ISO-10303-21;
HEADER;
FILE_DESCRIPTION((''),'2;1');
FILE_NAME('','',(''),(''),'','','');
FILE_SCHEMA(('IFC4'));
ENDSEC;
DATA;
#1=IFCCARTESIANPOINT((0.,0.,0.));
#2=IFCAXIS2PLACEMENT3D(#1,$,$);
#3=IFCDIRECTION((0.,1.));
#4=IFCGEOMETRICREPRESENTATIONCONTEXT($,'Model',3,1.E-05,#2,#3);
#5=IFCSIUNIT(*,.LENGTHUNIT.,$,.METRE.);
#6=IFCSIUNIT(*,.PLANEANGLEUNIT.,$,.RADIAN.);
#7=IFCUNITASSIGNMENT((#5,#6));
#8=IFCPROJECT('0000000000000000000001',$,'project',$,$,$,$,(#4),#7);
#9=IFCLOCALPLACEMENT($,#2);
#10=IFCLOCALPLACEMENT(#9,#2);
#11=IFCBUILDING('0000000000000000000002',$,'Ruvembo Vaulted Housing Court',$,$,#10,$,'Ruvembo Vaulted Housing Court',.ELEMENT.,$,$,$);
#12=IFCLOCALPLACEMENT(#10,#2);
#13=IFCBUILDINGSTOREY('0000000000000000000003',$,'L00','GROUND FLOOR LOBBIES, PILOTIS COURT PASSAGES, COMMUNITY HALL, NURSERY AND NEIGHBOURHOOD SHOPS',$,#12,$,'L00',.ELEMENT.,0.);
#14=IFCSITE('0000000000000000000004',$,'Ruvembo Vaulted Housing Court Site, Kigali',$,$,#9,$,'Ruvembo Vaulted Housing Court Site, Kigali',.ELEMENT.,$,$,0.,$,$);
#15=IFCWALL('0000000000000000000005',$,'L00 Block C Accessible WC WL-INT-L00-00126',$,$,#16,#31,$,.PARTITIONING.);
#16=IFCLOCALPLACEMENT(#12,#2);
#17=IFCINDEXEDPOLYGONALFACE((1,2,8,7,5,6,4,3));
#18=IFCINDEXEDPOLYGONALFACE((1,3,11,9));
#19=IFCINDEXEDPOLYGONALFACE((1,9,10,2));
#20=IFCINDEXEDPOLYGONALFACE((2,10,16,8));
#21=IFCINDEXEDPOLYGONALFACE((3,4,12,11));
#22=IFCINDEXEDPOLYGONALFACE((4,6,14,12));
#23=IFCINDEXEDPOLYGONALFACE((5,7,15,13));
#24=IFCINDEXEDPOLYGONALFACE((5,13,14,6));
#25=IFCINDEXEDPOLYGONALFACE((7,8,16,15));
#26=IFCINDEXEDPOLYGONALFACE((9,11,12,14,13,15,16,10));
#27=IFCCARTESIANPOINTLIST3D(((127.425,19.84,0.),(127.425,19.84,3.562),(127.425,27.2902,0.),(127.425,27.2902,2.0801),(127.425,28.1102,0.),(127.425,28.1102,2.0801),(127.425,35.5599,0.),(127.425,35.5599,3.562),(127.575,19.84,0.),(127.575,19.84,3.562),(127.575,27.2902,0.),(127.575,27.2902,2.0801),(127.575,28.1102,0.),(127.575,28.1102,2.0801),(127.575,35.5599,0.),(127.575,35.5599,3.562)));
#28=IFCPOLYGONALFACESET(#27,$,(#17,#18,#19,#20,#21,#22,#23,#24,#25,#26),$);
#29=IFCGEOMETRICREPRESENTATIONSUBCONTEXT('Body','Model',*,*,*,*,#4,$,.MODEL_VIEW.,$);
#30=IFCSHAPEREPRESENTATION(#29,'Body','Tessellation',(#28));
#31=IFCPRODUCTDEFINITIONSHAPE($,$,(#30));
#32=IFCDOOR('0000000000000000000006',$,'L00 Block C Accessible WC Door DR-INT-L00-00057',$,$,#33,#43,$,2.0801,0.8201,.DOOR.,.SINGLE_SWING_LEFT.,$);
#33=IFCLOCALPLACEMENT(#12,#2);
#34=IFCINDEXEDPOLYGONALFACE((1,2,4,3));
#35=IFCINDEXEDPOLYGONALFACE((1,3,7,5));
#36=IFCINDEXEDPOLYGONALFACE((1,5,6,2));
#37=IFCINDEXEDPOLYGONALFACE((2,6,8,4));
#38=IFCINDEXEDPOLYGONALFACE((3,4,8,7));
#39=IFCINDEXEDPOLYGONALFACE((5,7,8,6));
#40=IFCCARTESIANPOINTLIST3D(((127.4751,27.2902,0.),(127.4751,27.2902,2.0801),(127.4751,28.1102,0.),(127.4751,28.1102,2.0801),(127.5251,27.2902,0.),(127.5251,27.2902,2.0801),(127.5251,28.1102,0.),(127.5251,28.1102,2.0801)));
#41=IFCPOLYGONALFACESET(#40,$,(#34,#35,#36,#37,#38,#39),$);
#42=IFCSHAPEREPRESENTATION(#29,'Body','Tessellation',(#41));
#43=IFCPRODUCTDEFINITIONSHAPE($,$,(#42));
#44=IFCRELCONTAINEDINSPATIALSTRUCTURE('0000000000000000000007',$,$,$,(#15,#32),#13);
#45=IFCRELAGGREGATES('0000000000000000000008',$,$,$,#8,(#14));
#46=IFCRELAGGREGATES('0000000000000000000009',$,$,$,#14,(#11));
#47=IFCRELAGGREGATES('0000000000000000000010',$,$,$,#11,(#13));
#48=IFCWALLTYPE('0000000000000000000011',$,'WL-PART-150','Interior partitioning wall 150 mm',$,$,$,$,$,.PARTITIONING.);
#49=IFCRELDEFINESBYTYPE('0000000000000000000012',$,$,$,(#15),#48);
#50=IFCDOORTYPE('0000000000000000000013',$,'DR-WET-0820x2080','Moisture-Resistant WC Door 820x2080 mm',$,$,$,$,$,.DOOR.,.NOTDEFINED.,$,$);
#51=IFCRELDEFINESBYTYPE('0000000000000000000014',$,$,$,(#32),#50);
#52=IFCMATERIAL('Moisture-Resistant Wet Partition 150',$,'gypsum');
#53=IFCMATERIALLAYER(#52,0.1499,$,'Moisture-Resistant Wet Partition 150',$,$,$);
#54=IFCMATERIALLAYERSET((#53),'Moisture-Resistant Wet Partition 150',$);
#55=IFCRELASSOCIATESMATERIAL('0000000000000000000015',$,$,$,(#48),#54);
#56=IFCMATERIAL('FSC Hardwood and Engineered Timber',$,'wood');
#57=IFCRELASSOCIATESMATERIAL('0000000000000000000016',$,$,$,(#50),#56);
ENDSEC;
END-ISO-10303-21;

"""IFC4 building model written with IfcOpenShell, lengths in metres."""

from ifc_helpers import new_model, si_unit, direction, frame, frame_2d, origin, place, context, subcontext, project, spatial, rectangle, extrude, material, layer, layer_set, type_object, element, fill, save


model = new_model("IFC4")

# Units and contexts
model_context = context("Model", 3, precision=1e-05, world=origin(), true_north=direction((0.0, 1.0)))
body_context = subcontext(model_context, "Body", "Model", "MODEL_VIEW")
ifc_project = project(units=[si_unit("LENGTHUNIT", "METRE"), si_unit("PLANEANGLEUNIT", "RADIAN")], contexts=[model_context])

# Site, building, storey
site_placement = place(None, origin())
site = spatial("IfcSite", under=ifc_project, at=site_placement, Name="Ruvembo Vaulted Housing Court Site, Kigali", LongName="Ruvembo Vaulted Housing Court Site, Kigali", CompositionType="ELEMENT", RefElevation=0.0)
building_placement = place(site_placement, origin())
building = spatial("IfcBuilding", under=site, at=building_placement, Name="Ruvembo Vaulted Housing Court", LongName="Ruvembo Vaulted Housing Court", CompositionType="ELEMENT")
storey_placement = place(building_placement, origin())
storey = spatial("IfcBuildingStorey", under=building, at=storey_placement, Name="L00", Description="GROUND FLOOR LOBBIES, PILOTIS COURT PASSAGES, COMMUNITY HALL, NURSERY AND NEIGHBOURHOOD SHOPS", LongName="L00", CompositionType="ELEMENT", Elevation=0.0)

# Shared definitions
ifc_material_1 = material(Name="FSC Hardwood and Engineered Timber", Category="wood")

# Wall, opening, door
ifc_material_2 = material(Name="Moisture-Resistant Wet Partition 150", Category="gypsum")
ifc_layer_1 = layer(ifc_material_2, 0.1499, Name="Moisture-Resistant Wet Partition 150")
ifc_layer_set_1 = layer_set([ifc_layer_1], Name="Moisture-Resistant Wet Partition 150")
wall_type_1 = type_object("IfcWallType", Name="WL-PART-150", Description="Interior partitioning wall 150 mm", PredefinedType="PARTITIONING", material=ifc_layer_set_1)
wall_1_placement = place(storey_placement, frame((127.5, 19.8401, 0.0), z_axis=(0.0, 0.0, 1.0), x_axis=(0.0, 1.0, 0.0)))
wall_1 = element("IfcWall", 1, at=wall_1_placement, inside=storey, type_object=wall_type_1, Name="L00 Block C Accessible WC WL-INT-L00-00126", PredefinedType="PARTITIONING", context=body_context, shape_type="SweptSolid", body=[
    extrude(rectangle(XDim=15.72, YDim=0.1499, at=frame_2d((7.8599, 0.0))), origin(), (0.0, 0.0, 1.0), 3.562),
])
opening_1_placement = place(wall_1_placement, frame((7.45, 0.0, 0.0)))
opening_1 = element("IfcOpeningElement", 2, at=opening_1_placement, cuts=wall_1, PredefinedType="OPENING", context=body_context, shape_type="SweptSolid", body=[
    extrude(rectangle(XDim=0.8201, YDim=2.0801, at=frame_2d((0.4102, 1.04))), frame((0.0, 0.085, 0.0), z_axis=(0.0, -1.0, 0.0), x_axis=(1.0, 0.0, 0.0)), (0.0, 0.0, 1.0), 0.1699),
])
door_type_1 = type_object("IfcDoorType", Name="DR-WET-0820x2080", Description="Moisture-Resistant WC Door 820x2080 mm", OperationType="NOTDEFINED", PredefinedType="DOOR", material=ifc_material_1)
door_1_placement = place(opening_1_placement, origin())
door_1 = element("IfcDoor", 3, at=door_1_placement, inside=storey, type_object=door_type_1, Name="L00 Block C Accessible WC Door DR-INT-L00-00057", OperationType="SINGLE_SWING_LEFT", OverallHeight=2.0801, OverallWidth=0.8201, PredefinedType="DOOR", context=body_context, shape_type="SweptSolid", body=[
    extrude(rectangle(XDim=0.8201, YDim=2.0801, at=frame_2d((0.4102, 1.04))), frame((0.0, 0.0249, 0.0), z_axis=(0.0, -1.0, 0.0), x_axis=(1.0, 0.0, 0.0)), (0.0, 0.0, 1.0), 0.05),
])
fill(opening_1, door_1)

save(model, "model.ifc")
